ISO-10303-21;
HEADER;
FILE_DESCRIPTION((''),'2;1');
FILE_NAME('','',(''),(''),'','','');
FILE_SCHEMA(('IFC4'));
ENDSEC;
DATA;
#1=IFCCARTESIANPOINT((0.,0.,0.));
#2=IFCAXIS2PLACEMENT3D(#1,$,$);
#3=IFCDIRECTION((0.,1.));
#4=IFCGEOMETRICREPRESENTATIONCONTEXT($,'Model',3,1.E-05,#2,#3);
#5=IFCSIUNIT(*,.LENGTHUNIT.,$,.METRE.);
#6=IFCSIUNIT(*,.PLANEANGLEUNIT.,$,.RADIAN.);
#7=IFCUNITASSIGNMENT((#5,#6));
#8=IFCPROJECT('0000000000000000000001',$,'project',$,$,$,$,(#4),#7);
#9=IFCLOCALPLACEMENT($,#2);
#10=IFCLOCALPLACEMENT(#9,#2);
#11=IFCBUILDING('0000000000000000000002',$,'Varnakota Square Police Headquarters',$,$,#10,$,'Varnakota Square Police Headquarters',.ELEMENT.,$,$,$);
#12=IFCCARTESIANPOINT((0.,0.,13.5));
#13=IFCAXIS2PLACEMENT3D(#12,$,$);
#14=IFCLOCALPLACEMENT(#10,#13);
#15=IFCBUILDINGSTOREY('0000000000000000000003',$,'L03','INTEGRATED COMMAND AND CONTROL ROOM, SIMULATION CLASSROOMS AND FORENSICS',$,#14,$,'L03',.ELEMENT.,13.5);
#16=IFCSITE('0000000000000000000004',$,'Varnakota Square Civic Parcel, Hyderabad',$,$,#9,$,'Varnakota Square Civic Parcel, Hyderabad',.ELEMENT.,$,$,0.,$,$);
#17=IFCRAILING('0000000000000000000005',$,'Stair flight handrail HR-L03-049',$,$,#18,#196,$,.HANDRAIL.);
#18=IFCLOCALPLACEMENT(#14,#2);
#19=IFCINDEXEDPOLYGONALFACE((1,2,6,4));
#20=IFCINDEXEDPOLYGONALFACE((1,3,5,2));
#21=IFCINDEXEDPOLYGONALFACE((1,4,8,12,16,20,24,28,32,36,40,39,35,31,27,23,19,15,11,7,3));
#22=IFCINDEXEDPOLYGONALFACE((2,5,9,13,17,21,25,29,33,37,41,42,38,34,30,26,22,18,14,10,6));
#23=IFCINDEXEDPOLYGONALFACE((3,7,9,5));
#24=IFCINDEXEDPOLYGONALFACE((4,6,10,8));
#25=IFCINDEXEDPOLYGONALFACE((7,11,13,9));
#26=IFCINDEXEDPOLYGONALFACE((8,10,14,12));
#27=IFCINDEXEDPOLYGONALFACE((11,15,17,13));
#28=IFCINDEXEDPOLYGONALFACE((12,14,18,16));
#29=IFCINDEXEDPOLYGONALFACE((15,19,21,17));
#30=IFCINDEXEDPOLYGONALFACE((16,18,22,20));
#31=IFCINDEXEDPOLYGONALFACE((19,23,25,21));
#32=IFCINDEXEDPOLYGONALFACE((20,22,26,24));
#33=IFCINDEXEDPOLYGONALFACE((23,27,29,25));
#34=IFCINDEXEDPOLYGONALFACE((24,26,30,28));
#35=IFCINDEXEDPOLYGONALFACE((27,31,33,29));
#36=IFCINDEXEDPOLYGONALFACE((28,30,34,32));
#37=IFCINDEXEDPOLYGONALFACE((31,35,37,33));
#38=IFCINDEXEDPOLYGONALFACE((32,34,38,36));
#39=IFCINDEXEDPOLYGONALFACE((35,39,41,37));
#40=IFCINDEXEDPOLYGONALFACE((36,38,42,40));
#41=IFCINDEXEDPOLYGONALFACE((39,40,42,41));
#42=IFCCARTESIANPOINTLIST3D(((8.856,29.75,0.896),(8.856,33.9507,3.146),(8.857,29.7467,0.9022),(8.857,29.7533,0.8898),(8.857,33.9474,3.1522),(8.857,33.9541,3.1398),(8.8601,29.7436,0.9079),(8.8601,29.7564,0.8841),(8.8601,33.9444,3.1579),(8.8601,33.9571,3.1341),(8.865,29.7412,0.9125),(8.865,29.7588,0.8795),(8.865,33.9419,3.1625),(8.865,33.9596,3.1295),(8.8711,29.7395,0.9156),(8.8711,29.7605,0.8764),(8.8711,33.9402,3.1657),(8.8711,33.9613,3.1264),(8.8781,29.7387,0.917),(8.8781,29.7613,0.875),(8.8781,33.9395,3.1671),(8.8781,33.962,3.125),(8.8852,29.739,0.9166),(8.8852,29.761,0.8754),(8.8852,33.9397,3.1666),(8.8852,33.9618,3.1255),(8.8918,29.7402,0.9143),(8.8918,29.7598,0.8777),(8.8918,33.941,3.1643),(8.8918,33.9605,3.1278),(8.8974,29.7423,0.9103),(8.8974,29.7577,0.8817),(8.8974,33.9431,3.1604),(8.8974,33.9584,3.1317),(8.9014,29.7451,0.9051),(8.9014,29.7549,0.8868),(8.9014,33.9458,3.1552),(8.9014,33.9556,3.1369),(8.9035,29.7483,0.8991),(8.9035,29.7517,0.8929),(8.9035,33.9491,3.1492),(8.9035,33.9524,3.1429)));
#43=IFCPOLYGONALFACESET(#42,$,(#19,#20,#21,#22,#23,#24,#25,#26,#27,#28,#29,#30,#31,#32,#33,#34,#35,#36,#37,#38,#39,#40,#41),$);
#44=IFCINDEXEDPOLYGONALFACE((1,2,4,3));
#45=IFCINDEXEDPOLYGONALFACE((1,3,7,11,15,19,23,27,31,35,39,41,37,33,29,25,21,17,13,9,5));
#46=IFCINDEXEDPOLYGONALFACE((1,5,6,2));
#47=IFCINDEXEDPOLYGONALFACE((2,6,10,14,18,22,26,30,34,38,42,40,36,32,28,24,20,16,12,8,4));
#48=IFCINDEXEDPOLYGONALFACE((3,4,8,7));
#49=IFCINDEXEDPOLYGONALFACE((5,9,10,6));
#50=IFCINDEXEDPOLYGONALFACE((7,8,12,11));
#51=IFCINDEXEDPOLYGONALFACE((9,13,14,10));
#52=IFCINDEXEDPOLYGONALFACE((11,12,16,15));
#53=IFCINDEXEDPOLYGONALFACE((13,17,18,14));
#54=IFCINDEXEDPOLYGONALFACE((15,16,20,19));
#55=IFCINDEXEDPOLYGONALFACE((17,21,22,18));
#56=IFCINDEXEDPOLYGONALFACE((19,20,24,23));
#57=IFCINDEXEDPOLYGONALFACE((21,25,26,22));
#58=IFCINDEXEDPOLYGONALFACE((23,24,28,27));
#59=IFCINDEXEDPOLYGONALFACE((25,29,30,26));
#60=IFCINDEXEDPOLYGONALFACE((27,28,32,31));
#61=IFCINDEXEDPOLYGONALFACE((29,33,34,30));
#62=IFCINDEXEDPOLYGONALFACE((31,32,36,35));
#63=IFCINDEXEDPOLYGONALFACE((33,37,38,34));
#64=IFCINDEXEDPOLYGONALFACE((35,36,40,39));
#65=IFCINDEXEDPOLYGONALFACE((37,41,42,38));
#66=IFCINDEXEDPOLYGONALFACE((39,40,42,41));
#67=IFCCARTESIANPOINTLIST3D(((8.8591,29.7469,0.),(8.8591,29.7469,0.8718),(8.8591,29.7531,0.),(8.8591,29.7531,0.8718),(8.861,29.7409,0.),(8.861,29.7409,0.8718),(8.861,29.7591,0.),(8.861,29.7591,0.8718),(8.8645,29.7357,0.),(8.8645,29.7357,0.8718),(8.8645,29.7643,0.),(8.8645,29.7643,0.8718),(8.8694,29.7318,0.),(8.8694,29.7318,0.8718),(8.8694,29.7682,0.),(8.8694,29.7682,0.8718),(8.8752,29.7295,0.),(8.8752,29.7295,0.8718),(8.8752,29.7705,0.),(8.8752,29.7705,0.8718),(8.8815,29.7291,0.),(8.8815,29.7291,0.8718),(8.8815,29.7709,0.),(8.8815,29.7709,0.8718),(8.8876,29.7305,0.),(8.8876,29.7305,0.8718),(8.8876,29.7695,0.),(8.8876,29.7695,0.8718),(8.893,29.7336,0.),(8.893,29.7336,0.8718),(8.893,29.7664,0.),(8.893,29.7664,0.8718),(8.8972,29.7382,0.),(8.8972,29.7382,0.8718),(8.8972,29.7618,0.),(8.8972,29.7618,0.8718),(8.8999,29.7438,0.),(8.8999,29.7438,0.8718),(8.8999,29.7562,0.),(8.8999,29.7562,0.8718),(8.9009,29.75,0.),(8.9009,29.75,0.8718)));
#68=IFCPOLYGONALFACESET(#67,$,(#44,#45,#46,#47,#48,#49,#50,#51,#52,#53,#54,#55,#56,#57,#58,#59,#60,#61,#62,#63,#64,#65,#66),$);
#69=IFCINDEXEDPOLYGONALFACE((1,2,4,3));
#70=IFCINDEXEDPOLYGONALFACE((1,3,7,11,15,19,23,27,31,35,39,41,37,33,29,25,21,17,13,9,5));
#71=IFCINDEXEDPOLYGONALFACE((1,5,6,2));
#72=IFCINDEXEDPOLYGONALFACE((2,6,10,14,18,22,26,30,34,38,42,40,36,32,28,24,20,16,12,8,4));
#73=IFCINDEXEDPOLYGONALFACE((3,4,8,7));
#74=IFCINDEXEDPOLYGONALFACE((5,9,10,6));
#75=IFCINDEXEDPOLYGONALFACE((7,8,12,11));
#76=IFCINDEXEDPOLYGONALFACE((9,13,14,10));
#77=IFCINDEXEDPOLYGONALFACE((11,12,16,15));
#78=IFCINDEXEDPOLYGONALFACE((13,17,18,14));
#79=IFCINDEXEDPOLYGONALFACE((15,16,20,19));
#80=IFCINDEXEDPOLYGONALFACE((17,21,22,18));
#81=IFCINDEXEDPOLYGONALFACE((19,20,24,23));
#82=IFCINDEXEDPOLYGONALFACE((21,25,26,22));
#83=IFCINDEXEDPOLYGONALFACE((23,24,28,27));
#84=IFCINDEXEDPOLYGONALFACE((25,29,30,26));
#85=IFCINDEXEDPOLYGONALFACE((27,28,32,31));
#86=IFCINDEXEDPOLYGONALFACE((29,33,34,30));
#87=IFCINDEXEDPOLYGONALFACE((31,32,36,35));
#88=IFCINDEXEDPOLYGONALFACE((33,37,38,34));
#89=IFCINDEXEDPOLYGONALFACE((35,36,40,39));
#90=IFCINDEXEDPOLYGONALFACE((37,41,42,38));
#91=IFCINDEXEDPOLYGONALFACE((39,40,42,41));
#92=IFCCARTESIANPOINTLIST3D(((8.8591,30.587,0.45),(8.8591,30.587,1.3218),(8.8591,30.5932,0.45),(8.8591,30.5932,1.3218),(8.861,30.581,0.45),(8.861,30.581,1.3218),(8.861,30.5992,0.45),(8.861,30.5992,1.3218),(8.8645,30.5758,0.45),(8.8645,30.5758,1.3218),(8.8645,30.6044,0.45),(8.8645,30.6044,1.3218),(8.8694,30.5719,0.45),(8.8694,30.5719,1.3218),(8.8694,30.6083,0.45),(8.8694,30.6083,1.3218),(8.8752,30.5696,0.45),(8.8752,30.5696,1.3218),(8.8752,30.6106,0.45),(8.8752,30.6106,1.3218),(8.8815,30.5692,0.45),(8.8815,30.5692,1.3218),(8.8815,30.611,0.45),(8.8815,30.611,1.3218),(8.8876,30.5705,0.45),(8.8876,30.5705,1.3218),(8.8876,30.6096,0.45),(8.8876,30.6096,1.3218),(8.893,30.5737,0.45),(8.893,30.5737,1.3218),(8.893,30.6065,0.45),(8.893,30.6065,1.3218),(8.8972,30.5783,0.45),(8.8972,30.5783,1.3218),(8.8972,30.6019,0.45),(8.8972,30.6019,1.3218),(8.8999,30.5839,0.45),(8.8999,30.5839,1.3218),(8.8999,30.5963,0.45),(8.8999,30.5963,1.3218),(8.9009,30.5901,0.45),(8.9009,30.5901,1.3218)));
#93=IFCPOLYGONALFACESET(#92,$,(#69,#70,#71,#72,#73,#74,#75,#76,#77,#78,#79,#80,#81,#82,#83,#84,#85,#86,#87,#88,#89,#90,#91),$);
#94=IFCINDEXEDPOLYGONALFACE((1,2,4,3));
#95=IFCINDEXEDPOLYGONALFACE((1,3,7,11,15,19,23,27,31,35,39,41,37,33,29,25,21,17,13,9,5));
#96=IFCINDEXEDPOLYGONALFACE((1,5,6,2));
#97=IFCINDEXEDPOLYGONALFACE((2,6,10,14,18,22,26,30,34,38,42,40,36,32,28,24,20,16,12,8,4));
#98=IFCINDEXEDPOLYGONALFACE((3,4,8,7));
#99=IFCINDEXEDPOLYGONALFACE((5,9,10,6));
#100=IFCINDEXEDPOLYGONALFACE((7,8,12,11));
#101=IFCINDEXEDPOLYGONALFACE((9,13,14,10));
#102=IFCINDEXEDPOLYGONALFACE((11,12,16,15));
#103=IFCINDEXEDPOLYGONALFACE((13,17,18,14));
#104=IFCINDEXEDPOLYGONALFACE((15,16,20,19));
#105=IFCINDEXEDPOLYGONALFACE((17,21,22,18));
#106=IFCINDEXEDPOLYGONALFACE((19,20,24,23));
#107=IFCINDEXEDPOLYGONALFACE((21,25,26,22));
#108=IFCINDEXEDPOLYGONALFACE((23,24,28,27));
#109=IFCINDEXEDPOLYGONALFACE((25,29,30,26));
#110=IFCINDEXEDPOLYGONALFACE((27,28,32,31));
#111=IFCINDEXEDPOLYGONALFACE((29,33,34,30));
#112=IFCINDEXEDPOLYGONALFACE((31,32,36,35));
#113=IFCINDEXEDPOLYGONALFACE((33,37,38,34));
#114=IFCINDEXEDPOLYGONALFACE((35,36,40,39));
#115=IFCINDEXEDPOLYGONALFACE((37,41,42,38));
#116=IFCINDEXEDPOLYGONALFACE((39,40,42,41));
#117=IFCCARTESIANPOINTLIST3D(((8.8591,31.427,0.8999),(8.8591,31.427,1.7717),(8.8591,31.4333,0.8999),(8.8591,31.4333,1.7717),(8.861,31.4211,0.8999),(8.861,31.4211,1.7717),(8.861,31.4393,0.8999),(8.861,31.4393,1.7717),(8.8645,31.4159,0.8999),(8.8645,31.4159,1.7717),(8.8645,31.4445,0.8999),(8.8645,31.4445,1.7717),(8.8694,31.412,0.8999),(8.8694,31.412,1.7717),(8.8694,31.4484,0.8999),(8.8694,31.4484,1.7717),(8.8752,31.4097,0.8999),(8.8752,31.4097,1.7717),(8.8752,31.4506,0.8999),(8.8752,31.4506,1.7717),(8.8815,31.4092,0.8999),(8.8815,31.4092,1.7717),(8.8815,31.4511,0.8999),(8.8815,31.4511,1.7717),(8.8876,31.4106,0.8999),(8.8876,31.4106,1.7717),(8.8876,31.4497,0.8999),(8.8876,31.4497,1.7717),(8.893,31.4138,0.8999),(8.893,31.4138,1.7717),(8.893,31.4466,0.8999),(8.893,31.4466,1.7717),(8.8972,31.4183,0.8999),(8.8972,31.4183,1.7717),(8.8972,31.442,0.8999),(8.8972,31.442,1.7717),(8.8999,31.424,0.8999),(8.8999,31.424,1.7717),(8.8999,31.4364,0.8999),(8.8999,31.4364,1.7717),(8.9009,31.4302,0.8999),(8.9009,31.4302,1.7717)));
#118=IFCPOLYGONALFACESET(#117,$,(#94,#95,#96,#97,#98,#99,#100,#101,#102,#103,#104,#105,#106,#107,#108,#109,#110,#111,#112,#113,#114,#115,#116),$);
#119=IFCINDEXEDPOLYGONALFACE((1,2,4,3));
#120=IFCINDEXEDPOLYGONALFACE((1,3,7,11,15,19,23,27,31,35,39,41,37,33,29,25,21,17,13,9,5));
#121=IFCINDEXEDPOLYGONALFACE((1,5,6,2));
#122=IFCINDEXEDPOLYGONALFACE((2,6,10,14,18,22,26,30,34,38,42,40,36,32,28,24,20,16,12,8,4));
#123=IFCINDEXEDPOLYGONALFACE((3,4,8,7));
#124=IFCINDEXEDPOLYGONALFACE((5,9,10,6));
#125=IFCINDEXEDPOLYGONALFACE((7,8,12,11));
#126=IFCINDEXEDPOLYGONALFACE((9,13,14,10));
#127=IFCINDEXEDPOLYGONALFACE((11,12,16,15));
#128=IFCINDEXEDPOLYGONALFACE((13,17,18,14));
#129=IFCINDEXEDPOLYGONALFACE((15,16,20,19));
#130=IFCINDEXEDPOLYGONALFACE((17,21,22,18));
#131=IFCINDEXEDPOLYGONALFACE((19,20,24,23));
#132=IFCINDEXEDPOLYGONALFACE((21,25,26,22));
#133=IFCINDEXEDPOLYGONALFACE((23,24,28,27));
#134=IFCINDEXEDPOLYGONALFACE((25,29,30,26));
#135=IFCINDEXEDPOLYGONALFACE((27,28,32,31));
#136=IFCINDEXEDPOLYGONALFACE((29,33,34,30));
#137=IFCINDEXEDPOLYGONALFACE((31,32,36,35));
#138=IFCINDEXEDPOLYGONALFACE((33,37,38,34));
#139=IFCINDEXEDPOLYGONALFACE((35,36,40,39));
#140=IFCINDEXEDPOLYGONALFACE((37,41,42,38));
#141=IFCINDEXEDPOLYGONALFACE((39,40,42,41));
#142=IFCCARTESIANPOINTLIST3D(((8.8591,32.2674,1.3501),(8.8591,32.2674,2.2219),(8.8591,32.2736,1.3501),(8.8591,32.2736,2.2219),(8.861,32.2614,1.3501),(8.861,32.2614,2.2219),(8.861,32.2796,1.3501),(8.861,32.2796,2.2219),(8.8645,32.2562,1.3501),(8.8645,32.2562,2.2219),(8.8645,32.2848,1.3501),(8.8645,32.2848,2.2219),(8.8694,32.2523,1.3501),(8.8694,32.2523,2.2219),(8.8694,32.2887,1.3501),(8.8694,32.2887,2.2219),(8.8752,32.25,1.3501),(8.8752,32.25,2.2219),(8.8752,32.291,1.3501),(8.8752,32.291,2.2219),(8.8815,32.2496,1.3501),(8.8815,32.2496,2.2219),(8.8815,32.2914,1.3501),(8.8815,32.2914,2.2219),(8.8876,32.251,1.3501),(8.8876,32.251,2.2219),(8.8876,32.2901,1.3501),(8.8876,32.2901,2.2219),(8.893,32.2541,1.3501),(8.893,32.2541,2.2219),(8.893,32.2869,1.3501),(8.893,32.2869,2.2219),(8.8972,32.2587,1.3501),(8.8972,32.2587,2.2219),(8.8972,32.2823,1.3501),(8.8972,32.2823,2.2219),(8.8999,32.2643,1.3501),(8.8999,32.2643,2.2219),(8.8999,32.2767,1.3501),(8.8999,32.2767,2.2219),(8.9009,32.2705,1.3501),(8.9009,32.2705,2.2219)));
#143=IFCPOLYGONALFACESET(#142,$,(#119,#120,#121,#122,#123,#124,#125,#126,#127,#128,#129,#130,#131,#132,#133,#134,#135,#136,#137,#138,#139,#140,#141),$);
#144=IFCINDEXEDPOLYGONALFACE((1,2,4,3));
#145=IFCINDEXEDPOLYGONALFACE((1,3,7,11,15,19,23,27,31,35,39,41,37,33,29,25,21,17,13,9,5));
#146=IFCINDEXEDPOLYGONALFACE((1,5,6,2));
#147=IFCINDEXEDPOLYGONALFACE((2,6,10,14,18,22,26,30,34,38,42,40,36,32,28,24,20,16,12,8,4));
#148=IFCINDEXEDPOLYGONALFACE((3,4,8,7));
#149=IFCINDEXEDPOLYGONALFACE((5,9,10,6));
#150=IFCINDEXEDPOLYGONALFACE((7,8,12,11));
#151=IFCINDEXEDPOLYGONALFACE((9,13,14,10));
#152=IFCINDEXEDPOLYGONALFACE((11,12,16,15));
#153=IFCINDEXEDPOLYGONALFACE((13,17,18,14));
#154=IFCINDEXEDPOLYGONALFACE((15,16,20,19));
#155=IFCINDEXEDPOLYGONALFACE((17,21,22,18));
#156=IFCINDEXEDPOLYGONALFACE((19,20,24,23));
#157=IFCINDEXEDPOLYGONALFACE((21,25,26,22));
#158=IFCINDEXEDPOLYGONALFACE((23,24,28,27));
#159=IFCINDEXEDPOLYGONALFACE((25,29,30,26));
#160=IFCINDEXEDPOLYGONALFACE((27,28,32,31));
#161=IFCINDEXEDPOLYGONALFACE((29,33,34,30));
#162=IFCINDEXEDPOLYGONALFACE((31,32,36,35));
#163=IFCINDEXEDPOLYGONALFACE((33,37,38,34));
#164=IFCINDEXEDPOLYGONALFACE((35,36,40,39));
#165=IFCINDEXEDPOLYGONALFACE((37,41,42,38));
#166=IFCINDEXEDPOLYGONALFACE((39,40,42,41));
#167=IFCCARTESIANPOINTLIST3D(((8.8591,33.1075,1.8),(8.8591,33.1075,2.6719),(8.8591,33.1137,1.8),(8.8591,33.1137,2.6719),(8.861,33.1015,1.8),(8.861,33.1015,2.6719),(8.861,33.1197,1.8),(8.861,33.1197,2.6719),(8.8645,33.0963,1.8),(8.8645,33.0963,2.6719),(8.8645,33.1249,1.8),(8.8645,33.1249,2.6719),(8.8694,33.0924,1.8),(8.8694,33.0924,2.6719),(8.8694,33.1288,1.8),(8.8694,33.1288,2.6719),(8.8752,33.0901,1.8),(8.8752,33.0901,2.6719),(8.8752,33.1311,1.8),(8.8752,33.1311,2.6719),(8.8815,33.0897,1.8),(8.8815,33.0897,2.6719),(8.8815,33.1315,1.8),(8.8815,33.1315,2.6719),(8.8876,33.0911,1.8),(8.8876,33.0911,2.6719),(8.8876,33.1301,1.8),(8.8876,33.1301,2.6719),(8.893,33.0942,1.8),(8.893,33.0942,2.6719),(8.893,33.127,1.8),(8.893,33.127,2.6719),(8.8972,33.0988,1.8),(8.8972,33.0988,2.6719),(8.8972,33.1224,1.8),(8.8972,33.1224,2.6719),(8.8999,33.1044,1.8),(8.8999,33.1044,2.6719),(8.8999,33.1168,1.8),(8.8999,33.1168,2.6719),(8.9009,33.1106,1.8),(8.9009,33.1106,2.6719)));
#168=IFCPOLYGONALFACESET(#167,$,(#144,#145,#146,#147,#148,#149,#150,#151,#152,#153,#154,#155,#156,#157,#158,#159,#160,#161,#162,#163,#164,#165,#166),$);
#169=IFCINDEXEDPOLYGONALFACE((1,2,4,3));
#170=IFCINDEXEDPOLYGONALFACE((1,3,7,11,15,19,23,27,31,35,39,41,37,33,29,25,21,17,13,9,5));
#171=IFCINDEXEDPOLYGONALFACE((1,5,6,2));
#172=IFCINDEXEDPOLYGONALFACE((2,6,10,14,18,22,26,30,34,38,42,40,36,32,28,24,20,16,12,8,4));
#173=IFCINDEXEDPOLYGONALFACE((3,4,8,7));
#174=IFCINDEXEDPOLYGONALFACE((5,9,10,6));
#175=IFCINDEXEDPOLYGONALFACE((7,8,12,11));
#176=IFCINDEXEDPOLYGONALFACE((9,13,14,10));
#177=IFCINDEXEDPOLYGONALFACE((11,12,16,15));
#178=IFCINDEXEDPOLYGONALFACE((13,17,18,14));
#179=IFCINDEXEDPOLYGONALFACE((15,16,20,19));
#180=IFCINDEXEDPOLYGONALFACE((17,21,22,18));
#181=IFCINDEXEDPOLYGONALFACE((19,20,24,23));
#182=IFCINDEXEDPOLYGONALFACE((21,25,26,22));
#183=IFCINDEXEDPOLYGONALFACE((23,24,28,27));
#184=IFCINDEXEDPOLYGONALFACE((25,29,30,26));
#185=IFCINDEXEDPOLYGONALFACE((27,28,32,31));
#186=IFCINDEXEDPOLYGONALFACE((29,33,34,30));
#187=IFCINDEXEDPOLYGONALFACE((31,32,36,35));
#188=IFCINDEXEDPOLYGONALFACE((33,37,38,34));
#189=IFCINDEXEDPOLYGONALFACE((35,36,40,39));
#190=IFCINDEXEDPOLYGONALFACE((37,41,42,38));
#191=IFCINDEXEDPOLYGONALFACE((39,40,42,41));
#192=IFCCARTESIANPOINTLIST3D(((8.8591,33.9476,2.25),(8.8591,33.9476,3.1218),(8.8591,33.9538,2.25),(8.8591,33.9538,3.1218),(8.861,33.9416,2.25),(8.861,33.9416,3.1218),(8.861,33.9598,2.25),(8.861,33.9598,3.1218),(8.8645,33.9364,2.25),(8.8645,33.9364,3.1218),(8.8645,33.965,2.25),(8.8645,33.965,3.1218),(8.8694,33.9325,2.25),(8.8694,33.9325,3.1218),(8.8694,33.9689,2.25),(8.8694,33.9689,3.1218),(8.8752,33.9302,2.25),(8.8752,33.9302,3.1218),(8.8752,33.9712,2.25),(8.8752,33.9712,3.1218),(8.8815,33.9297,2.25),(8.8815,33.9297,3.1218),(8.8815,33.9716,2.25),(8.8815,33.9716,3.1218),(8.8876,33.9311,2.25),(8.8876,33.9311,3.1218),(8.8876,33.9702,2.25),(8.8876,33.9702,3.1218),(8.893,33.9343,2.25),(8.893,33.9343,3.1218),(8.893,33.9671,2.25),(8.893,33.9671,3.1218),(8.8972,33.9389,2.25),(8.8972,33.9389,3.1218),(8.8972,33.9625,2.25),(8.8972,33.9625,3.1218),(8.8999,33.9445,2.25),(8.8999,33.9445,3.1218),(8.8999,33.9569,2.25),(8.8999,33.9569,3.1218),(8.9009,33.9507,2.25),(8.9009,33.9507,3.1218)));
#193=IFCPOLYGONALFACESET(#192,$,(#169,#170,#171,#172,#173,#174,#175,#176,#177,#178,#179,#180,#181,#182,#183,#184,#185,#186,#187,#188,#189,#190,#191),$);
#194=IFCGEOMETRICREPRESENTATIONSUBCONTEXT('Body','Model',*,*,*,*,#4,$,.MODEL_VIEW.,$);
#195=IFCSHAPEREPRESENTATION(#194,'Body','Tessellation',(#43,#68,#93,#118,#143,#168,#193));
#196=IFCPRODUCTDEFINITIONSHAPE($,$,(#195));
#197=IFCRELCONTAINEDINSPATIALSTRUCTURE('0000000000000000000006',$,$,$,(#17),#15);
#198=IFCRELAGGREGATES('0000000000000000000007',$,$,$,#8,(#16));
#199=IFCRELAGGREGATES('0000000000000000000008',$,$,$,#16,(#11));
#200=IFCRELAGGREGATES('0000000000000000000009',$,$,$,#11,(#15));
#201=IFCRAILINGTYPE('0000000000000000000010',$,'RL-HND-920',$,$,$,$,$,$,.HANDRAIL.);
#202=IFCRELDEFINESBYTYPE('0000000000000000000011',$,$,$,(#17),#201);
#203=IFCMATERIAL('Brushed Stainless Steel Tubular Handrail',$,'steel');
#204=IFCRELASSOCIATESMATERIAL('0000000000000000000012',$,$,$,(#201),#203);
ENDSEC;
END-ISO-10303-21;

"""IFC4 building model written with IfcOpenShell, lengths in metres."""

from ifc_helpers import new_model, si_unit, direction, frame, origin, origin_2d, place, context, subcontext, project, spatial, circle, extrude, material, type_object, element, save


model = new_model("IFC4")

# Units and contexts
model_context = context("Model", 3, precision=1e-05, world=origin(), true_north=direction((0.0, 1.0)))
body_context = subcontext(model_context, "Body", "Model", "MODEL_VIEW")
ifc_project = project(units=[si_unit("LENGTHUNIT", "METRE"), si_unit("PLANEANGLEUNIT", "RADIAN")], contexts=[model_context])

# Site, building, storey
site_placement = place(None, origin())
site = spatial("IfcSite", under=ifc_project, at=site_placement, Name="Varnakota Square Civic Parcel, Hyderabad", LongName="Varnakota Square Civic Parcel, Hyderabad", CompositionType="ELEMENT", RefElevation=0.0)
building_placement = place(site_placement, origin())
building = spatial("IfcBuilding", under=site, at=building_placement, Name="Varnakota Square Police Headquarters", LongName="Varnakota Square Police Headquarters", CompositionType="ELEMENT")
storey_placement = place(building_placement, frame((0.0, 0.0, 13.5)))
storey = spatial("IfcBuildingStorey", under=building, at=storey_placement, Name="L03", Description="INTEGRATED COMMAND AND CONTROL ROOM, SIMULATION CLASSROOMS AND FORENSICS", LongName="L03", CompositionType="ELEMENT", Elevation=13.5)

# Railing
ifc_material_1 = material(Name="Brushed Stainless Steel Tubular Handrail", Category="steel")
railing_type_1 = type_object("IfcRailingType", Name="RL-HND-920", PredefinedType="HANDRAIL", material=ifc_material_1)
railing_1_placement = place(storey_placement, frame((8.8799, 29.75, 0.0)))
element("IfcRailing", 1, at=railing_1_placement, inside=storey, type_object=railing_type_1, Name="Stair flight handrail HR-L03-049", PredefinedType="HANDRAIL", context=body_context, shape_type="SweptSolid", body=[
    extrude(circle(Radius=0.0239, at=origin_2d()), frame((0.0, 0.0, 0.896), z_axis=(0.0, 0.881512, 0.472162), x_axis=(-1.0, 0.0, 0.0)), (0.0, 0.0, 1.0), 4.7654),
    extrude(circle(Radius=0.021, at=origin_2d()), origin(), (0.0, 0.0, 1.0), 0.8718),
    extrude(circle(Radius=0.021, at=origin_2d()), frame((0.0, 0.8401, 0.45)), (0.0, 0.0, 1.0), 0.8718),
    extrude(circle(Radius=0.021, at=origin_2d()), frame((0.0, 1.6802, 0.8999)), (0.0, 0.0, 1.0), 0.8718),
    extrude(circle(Radius=0.021, at=origin_2d()), frame((0.0, 2.5205, 1.3501)), (0.0, 0.0, 1.0), 0.8718),
    extrude(circle(Radius=0.021, at=origin_2d()), frame((0.0, 3.3606, 1.8)), (0.0, 0.0, 1.0), 0.8718),
    extrude(circle(Radius=0.021, at=origin_2d()), frame((0.0, 4.2007, 2.25)), (0.0, 0.0, 1.0), 0.8718),
])

save(model, "model.ifc")
